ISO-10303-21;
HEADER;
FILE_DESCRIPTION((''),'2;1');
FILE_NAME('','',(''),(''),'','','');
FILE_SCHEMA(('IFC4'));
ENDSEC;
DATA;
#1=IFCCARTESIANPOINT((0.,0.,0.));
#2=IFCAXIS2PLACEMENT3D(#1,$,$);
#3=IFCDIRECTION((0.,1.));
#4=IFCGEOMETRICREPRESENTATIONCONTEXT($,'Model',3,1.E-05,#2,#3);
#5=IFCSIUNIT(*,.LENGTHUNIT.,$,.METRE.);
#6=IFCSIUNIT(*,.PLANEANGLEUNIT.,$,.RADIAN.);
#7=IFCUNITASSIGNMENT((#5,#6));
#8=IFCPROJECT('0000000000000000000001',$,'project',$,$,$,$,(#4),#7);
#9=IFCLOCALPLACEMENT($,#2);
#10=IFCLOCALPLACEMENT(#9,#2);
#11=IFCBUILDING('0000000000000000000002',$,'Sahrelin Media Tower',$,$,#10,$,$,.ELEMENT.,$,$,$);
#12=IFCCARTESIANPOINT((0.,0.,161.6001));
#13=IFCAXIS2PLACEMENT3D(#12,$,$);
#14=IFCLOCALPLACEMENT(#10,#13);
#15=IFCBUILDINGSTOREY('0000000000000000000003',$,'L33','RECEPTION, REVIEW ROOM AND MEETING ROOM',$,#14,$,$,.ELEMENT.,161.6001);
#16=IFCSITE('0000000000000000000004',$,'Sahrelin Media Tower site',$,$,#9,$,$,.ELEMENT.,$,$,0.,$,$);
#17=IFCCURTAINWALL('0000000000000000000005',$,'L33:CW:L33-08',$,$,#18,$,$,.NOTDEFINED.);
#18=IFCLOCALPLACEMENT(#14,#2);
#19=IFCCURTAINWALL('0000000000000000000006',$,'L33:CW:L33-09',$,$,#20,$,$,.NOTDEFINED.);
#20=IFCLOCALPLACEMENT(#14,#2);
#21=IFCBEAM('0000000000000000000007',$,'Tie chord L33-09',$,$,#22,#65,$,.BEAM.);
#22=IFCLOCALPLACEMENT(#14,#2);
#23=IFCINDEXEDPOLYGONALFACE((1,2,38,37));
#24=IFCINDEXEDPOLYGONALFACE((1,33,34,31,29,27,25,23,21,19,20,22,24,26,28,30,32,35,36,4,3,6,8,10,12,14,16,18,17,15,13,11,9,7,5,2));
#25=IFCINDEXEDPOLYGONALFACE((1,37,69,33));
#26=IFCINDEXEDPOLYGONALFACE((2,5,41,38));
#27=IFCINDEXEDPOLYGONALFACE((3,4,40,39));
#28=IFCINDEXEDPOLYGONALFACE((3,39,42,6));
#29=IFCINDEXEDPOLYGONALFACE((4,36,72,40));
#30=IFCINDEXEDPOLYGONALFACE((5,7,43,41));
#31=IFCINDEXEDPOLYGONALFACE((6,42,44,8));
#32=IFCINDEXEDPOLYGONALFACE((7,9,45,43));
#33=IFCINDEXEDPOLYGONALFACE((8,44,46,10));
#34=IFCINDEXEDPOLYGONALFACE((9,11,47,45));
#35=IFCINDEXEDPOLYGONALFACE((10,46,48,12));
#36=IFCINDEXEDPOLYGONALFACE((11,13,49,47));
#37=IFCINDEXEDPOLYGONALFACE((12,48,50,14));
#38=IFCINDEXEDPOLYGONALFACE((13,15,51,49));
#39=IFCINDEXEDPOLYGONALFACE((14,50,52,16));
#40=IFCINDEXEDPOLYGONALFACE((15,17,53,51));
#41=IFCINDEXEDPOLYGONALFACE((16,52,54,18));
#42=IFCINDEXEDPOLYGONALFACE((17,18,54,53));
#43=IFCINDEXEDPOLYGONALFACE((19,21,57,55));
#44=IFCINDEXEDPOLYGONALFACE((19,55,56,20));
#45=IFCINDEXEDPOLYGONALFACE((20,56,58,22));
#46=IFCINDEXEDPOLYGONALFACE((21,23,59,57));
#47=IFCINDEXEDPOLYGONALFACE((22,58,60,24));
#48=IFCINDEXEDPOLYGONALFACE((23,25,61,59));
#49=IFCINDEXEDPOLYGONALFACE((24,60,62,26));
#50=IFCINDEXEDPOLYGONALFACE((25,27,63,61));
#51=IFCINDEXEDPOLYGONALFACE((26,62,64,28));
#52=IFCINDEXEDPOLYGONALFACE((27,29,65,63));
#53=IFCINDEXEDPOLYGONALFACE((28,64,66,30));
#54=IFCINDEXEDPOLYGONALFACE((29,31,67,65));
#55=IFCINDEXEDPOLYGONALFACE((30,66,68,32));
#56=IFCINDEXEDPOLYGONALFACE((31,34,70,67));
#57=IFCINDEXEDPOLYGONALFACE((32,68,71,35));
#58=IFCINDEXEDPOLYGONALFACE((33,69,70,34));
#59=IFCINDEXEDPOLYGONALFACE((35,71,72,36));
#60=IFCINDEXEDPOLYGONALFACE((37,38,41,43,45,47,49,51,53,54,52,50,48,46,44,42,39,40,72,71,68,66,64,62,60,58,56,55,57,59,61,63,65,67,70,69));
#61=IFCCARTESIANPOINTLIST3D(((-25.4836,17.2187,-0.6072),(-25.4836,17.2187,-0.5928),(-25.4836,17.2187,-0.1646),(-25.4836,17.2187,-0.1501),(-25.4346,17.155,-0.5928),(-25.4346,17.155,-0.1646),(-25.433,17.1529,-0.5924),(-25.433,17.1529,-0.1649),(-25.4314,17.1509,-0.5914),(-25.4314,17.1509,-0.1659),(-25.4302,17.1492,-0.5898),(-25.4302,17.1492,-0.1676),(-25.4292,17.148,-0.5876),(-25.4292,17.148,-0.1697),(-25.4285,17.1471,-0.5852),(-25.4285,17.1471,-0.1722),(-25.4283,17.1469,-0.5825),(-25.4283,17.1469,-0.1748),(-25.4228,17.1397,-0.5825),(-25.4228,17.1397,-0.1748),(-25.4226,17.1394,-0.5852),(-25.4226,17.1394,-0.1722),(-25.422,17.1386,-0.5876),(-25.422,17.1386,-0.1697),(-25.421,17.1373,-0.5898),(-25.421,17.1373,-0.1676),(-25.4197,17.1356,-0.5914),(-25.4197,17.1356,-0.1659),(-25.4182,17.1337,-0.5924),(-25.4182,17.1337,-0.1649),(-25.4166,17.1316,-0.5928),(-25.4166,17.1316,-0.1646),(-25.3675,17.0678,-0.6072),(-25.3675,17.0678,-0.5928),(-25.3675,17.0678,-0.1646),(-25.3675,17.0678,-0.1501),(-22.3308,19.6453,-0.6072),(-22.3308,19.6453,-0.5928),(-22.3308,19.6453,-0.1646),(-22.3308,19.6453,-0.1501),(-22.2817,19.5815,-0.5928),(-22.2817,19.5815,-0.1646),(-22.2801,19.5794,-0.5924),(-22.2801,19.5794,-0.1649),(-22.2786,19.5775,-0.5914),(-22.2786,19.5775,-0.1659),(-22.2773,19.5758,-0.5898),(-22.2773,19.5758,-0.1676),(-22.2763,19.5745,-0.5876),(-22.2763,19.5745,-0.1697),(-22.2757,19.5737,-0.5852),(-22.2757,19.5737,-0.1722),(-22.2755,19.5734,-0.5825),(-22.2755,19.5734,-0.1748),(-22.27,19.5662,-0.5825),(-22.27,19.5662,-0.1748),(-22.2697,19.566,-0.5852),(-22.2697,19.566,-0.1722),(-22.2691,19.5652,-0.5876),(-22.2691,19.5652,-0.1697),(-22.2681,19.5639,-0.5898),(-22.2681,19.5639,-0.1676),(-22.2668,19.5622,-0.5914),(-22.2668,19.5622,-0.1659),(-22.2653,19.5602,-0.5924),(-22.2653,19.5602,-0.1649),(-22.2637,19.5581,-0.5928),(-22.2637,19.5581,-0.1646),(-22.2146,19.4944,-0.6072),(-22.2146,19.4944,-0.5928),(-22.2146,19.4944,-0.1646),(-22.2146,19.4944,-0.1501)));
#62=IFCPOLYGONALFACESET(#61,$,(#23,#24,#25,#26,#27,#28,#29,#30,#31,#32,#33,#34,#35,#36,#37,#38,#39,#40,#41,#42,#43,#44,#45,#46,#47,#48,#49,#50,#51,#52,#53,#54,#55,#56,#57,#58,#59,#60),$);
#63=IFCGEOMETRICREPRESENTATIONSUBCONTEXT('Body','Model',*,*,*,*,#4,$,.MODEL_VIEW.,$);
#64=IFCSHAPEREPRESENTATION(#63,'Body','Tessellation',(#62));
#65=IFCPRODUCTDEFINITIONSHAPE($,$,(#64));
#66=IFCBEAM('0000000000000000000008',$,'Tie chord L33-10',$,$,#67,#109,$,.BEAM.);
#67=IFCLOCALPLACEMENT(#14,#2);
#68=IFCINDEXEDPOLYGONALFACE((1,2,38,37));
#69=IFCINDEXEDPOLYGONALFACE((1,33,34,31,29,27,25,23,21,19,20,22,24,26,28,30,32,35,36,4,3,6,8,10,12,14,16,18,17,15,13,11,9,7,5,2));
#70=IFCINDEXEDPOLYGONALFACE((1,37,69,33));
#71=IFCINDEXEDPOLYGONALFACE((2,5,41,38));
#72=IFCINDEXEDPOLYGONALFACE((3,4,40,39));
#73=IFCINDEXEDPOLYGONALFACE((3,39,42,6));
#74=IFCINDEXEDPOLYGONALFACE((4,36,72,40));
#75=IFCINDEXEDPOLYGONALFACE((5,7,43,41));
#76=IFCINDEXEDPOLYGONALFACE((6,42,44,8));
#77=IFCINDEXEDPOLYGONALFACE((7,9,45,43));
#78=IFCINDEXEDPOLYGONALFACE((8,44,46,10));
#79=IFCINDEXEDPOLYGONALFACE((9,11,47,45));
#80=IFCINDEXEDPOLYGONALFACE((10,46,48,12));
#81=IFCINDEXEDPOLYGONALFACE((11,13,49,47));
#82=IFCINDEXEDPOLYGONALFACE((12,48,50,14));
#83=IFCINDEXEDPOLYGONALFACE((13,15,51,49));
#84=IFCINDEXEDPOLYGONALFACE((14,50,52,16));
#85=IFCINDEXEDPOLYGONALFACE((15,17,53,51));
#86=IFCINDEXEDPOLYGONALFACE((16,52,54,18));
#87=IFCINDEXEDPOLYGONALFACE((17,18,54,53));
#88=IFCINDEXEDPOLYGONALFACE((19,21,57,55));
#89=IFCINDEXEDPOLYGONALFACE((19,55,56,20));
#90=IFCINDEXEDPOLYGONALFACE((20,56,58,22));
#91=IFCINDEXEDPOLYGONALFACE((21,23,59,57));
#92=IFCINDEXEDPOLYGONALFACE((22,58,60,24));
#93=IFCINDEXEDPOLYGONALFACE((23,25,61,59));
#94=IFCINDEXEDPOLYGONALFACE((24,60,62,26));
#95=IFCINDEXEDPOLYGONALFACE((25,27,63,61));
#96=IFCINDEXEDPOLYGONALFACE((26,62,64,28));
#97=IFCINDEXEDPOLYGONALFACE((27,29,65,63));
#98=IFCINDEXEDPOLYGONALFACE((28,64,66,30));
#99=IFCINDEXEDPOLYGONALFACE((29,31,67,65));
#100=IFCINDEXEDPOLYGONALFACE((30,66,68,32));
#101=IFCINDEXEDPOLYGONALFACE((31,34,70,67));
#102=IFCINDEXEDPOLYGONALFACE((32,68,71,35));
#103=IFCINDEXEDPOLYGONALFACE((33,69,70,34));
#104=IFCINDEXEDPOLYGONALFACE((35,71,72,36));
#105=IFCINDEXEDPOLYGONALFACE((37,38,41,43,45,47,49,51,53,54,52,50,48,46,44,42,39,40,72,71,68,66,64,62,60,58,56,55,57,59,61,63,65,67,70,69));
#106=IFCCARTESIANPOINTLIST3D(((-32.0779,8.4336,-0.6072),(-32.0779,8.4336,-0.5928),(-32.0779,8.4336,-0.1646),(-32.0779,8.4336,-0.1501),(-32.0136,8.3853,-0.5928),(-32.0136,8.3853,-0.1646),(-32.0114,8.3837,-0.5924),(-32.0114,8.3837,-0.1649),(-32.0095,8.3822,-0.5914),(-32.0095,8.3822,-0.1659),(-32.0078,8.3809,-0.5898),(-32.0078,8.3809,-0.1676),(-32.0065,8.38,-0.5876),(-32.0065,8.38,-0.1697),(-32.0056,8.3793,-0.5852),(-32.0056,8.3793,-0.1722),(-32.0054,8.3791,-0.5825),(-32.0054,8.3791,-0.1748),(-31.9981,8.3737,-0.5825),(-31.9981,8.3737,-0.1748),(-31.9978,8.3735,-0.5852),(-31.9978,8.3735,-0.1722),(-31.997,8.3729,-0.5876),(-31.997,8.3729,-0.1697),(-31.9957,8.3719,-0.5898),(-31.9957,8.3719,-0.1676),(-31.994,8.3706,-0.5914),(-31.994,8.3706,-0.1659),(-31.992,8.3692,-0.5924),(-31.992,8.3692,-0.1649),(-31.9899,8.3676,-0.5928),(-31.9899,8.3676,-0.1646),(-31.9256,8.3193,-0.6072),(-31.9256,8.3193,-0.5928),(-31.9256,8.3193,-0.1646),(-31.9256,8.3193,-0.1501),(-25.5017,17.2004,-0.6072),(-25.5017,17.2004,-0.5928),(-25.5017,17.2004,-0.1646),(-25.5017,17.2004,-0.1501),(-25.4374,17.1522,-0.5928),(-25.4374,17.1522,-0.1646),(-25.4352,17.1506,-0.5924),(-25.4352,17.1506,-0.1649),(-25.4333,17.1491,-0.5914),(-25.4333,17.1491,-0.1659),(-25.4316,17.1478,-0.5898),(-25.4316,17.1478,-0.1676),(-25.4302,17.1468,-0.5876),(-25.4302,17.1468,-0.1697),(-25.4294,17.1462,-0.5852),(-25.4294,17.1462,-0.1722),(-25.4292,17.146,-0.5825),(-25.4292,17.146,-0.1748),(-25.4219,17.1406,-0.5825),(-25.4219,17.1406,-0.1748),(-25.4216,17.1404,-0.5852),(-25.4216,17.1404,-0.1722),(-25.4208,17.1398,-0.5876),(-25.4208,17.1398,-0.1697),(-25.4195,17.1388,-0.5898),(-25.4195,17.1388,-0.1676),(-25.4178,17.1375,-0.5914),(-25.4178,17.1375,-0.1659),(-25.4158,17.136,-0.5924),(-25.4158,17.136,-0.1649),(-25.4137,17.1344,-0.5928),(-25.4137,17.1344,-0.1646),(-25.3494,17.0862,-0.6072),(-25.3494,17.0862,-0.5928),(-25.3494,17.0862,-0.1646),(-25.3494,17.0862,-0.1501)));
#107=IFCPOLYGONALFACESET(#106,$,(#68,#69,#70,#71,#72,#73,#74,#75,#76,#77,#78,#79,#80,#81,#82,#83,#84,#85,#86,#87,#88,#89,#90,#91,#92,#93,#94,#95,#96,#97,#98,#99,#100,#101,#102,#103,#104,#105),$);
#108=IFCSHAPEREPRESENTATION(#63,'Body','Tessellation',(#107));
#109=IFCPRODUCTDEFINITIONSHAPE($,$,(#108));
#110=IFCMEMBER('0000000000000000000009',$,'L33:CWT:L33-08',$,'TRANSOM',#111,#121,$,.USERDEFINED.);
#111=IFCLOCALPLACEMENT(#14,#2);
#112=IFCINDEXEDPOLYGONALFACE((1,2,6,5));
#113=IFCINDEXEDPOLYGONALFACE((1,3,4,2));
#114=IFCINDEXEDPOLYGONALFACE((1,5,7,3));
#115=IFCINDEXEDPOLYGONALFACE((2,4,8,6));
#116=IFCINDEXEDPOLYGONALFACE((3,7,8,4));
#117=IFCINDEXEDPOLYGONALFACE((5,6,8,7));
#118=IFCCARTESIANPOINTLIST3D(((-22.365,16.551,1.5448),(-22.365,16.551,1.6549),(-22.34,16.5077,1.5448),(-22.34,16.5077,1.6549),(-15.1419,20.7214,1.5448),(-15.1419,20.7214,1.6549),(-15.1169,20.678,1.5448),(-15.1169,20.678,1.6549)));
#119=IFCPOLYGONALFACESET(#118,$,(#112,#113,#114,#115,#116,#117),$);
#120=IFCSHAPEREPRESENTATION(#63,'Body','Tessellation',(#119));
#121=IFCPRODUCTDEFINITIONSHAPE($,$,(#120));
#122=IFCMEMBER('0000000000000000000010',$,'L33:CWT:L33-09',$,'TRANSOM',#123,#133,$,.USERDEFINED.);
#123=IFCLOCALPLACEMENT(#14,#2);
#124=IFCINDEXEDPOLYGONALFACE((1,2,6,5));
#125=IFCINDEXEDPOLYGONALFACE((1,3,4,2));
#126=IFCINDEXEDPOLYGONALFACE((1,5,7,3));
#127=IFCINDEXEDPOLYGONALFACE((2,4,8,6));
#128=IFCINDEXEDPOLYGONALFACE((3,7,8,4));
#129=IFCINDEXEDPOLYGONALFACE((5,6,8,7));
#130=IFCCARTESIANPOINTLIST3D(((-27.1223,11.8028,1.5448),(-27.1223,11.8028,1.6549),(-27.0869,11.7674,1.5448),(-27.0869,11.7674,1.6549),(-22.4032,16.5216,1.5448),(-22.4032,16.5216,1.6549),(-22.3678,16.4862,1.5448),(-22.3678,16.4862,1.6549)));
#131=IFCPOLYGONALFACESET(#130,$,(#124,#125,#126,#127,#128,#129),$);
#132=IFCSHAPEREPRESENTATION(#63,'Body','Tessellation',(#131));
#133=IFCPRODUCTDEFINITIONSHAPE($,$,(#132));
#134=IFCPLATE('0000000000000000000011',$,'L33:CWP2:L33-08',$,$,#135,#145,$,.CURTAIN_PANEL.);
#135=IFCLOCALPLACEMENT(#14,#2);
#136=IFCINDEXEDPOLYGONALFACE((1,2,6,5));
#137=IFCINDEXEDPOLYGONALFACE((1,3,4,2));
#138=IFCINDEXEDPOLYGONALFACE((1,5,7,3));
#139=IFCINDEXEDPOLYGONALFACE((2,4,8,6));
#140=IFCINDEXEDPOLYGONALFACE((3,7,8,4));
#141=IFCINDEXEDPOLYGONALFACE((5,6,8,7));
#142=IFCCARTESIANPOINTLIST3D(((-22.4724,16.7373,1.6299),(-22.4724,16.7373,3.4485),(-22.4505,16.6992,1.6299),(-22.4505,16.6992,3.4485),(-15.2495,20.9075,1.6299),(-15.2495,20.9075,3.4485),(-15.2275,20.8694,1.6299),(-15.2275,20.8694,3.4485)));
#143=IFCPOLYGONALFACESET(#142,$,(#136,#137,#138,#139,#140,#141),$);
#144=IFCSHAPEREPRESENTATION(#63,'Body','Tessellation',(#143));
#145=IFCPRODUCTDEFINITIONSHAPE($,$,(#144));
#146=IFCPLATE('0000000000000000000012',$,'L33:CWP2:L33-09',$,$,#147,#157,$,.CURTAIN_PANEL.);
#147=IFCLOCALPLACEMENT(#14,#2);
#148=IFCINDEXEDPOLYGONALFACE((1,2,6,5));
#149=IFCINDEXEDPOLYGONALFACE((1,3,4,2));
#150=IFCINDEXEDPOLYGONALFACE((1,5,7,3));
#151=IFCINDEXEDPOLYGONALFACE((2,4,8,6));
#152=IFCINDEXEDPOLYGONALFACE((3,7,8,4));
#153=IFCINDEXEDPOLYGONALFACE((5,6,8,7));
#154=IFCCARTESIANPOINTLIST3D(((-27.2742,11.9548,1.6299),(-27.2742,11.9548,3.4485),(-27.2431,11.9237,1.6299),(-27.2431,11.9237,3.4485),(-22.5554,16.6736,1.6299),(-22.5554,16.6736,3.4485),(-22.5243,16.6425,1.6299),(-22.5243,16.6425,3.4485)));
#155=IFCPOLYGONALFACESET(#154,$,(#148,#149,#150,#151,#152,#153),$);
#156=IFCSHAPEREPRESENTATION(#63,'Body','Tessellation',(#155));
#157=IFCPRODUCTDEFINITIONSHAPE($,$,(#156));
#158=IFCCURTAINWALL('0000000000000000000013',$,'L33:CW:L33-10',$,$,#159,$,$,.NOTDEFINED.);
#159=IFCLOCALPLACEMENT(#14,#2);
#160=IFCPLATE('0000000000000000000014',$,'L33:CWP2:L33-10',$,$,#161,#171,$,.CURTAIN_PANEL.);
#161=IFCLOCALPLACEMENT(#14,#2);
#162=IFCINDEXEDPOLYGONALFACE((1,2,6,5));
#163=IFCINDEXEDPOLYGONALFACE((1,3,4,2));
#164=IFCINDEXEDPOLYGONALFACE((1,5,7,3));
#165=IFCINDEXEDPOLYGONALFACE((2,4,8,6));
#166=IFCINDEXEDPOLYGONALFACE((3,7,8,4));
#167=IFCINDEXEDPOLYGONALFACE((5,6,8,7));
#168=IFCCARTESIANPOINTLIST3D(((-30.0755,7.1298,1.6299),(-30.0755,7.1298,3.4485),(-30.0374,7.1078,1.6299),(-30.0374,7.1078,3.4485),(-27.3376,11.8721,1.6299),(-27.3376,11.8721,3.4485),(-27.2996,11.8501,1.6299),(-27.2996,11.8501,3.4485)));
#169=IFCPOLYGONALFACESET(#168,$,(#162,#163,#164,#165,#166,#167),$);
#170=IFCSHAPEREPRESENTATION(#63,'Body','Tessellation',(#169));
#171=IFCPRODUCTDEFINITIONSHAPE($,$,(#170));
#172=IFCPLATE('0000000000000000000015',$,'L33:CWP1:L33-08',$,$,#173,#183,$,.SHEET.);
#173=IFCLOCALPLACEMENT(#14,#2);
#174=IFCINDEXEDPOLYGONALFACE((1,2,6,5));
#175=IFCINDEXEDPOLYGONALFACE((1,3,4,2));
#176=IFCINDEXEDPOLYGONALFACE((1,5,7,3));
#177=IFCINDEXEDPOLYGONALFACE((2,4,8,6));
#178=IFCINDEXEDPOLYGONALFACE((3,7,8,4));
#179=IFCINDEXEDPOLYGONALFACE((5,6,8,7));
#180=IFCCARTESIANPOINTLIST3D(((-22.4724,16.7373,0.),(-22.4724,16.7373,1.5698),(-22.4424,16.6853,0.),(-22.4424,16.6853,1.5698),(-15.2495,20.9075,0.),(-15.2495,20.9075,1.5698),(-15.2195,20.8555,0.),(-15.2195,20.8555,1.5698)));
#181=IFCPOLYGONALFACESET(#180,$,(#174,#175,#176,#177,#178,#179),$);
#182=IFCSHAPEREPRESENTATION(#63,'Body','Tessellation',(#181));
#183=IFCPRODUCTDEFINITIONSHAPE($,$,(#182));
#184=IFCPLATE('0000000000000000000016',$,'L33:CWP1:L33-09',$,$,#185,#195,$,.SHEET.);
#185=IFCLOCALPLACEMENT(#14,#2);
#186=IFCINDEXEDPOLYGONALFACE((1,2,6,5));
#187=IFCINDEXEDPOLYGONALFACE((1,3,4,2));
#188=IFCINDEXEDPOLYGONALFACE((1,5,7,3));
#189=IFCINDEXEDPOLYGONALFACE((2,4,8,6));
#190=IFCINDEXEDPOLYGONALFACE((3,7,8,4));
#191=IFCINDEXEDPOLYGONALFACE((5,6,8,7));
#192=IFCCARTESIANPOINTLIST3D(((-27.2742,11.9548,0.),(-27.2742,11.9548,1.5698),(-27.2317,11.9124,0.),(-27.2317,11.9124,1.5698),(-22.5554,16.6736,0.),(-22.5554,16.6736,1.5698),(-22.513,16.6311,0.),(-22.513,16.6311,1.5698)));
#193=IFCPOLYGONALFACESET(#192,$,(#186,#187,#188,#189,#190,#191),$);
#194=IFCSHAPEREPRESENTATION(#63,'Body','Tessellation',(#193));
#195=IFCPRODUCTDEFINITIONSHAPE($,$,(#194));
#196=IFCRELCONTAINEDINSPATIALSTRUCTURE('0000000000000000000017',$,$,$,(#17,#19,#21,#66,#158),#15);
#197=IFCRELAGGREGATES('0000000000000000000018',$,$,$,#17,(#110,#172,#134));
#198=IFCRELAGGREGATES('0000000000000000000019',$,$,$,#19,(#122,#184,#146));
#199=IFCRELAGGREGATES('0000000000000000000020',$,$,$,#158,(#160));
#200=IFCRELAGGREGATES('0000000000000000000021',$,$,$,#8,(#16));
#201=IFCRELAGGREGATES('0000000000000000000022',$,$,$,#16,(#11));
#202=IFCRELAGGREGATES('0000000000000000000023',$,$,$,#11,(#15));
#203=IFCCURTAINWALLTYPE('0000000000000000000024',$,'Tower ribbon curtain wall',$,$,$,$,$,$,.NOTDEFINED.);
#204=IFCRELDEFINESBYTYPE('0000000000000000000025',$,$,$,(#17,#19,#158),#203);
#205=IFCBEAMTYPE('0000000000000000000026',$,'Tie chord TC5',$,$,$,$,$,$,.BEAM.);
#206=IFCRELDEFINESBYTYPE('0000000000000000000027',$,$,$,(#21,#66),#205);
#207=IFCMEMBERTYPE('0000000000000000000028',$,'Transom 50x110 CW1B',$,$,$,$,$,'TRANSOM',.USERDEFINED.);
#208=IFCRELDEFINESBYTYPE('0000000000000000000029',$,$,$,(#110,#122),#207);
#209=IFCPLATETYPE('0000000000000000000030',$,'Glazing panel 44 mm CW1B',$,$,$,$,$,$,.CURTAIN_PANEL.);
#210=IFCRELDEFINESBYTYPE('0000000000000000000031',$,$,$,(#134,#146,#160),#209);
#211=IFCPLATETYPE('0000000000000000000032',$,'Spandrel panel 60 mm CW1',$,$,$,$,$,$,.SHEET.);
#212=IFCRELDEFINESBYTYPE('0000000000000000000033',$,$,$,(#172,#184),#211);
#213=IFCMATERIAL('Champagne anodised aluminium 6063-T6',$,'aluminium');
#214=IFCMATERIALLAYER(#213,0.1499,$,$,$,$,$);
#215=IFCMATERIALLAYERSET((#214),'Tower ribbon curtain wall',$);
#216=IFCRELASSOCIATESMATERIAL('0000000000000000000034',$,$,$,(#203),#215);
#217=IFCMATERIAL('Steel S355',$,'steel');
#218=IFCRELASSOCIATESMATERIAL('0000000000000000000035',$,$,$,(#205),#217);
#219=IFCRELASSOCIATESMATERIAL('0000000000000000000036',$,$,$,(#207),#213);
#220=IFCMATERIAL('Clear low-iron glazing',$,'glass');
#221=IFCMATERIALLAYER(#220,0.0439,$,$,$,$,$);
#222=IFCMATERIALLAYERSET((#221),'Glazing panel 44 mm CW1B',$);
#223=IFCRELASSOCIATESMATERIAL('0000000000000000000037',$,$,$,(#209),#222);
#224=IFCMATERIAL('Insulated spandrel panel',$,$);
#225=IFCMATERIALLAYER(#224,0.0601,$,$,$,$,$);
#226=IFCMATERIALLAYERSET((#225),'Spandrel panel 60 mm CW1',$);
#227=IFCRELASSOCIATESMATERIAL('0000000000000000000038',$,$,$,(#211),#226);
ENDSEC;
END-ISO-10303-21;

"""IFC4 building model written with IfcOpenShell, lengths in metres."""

from ifc_helpers import new_model, si_unit, direction, frame, origin, origin_2d, place, context, subcontext, project, spatial, polyline, rectangle, i_section, outline, extrude, material, layer, layer_set, material_profile, profile_set, type_object, element, aggregate, save


model = new_model("IFC4")

# Units and contexts
model_context = context("Model", 3, precision=1e-05, world=origin(), true_north=direction((0.0, 1.0)))
body_context = subcontext(model_context, "Body", "Model", "MODEL_VIEW")
ifc_project = project(units=[si_unit("LENGTHUNIT", "METRE"), si_unit("PLANEANGLEUNIT", "RADIAN")], contexts=[model_context])

# Site, building, storey
site_placement = place(None, origin())
site = spatial("IfcSite", under=ifc_project, at=site_placement, Name="Sahrelin Media Tower site", CompositionType="ELEMENT", RefElevation=0.0)
building_placement = place(site_placement, origin())
building = spatial("IfcBuilding", under=site, at=building_placement, Name="Sahrelin Media Tower", CompositionType="ELEMENT")
storey_placement = place(building_placement, frame((0.0, 0.0, 161.6001)))
storey = spatial("IfcBuildingStorey", under=building, at=storey_placement, Name="L33", Description="RECEPTION, REVIEW ROOM AND MEETING ROOM", CompositionType="ELEMENT", Elevation=161.6001)

# Shared definitions
ifc_material_1 = material(Name="Steel S355", Category="steel")

# Curtain walls
ifc_material_2 = material(Name="Champagne anodised aluminium 6063-T6", Category="aluminium")
ifc_layer_1 = layer(ifc_material_2, 0.1499)
ifc_layer_set_1 = layer_set([ifc_layer_1], Name="Tower ribbon curtain wall")
curtain_wall_type = type_object("IfcCurtainWallType", Name="Tower ribbon curtain wall", PredefinedType="NOTDEFINED", material=ifc_layer_set_1)
curtain_wall_1_placement = place(storey_placement, frame((-18.8511, 18.8049, 0.0), z_axis=(0.0, 0.0, 1.0), x_axis=(1.0, 0.0, 0.0)))
curtain_wall_1 = element("IfcCurtainWall", 1, at=curtain_wall_1_placement, inside=storey, type_object=curtain_wall_type, Name="L33:CW:L33-08", PredefinedType="NOTDEFINED")
curtain_wall_2_placement = place(storey_placement, frame((-24.9004, 14.3, 0.0), z_axis=(0.0, 0.0, 1.0), x_axis=(1.0, 0.0, 0.0)))
curtain_wall_2 = element("IfcCurtainWall", 2, at=curtain_wall_2_placement, inside=storey, type_object=curtain_wall_type, Name="L33:CW:L33-09", PredefinedType="NOTDEFINED")

# Beams
ifc_material_profile_1 = material_profile(ifc_material_1, i_section(OverallWidth=0.1904, OverallDepth=0.457, WebThickness=0.009, FlangeThickness=0.0144, FilletRadius=0.0103, at=origin_2d()), Name="UB 457x191x74")
ifc_profile_set_1 = profile_set([ifc_material_profile_1], Name="Steel S355")
beam_type_1 = type_object("IfcBeamType", Name="Tie chord TC5", PredefinedType="BEAM", material=ifc_profile_set_1)
beam_1_placement = place(storey_placement, frame((-22.2727, 19.5698, -0.3787), z_axis=(-0.792471, -0.609909, 0.0), x_axis=(0.609909, -0.792471, 0.0)))
element("IfcBeam", 3, at=beam_1_placement, inside=storey, type_object=beam_type_1, Name="Tie chord L33-09", PredefinedType="BEAM", context=body_context, shape_type="SweptSolid", body=[
    extrude(i_section(OverallWidth=0.1904, OverallDepth=0.457, WebThickness=0.009, FlangeThickness=0.0144, FilletRadius=0.0103, at=origin_2d()), origin(), (0.0, 0.0, 1.0), 3.9785),
])
beam_2_placement = place(storey_placement, frame((-25.4255, 17.1433, -0.3787), z_axis=(-0.600061, -0.799955, 0.0), x_axis=(0.799955, -0.600061, 0.0)))
element("IfcBeam", 4, at=beam_2_placement, inside=storey, type_object=beam_type_1, Name="Tie chord L33-10", PredefinedType="BEAM", context=body_context, shape_type="SweptSolid", body=[
    extrude(i_section(OverallWidth=0.1904, OverallDepth=0.457, WebThickness=0.009, FlangeThickness=0.0144, FilletRadius=0.0103, at=origin_2d()), origin(), (0.0, 0.0, 1.0), 10.9592),
])

# Members
ifc_material_profile_2 = material_profile(ifc_material_2, rectangle(XDim=0.05, YDim=0.1101, at=origin_2d()), Name="Transom 50x110")
ifc_profile_set_2 = profile_set([ifc_material_profile_2], Name="Champagne anodised aluminium 6063-T6")
member_type_1 = type_object("IfcMemberType", Name="Transom 50x110 CW1B", ElementType="TRANSOM", PredefinedType="USERDEFINED", material=ifc_profile_set_2)
member_1_placement = place(storey_placement, frame((-15.1294, 20.6997, 1.5999), z_axis=(-0.866019, -0.500011, 0.0), x_axis=(0.500011, -0.866019, 0.0)))
member_1 = element("IfcMember", 5, at=member_1_placement, type_object=member_type_1, Name="L33:CWT:L33-08", ObjectType="TRANSOM", PredefinedType="USERDEFINED", context=body_context, shape_type="SweptSolid", body=[
    extrude(rectangle(XDim=0.05, YDim=0.1101, at=origin_2d()), origin(), (0.0, 0.0, 1.0), 8.3406),
])
member_2_placement = place(storey_placement, frame((-22.3855, 16.5039, 1.5999), z_axis=(-0.707125, -0.707088, 0.0), x_axis=(0.707088, -0.707125, 0.0)))
member_2 = element("IfcMember", 6, at=member_2_placement, type_object=member_type_1, Name="L33:CWT:L33-09", ObjectType="TRANSOM", PredefinedType="USERDEFINED", context=body_context, shape_type="SweptSolid", body=[
    extrude(rectangle(XDim=0.05, YDim=0.1101, at=origin_2d()), origin(), (0.0, 0.0, 1.0), 6.6736),
])

# Plates
ifc_material_3 = material(Name="Clear low-iron glazing", Category="glass")
ifc_layer_2 = layer(ifc_material_3, 0.0439)
ifc_layer_set_2 = layer_set([ifc_layer_2], Name="Glazing panel 44 mm CW1B")
plate_type_1 = type_object("IfcPlateType", Name="Glazing panel 44 mm CW1B", PredefinedType="CURTAIN_PANEL", material=ifc_layer_set_2)
plate_1_placement = place(storey_placement, frame((-15.2495, 20.9075, 1.6299), z_axis=(-0.500002, 0.866024, 0.0), x_axis=(-0.866024, -0.500002, 0.0)))
plate_1 = element("IfcPlate", 7, at=plate_1_placement, type_object=plate_type_1, Name="L33:CWP2:L33-08", PredefinedType="CURTAIN_PANEL", context=body_context, shape_type="SweptSolid", body=[
    extrude(outline(polyline([(0.0, 0.0), (8.3403, 0.0), (8.3403, 1.8186), (0.0, 1.8186), (0.0, 0.0)])), origin(), (0.0, 0.0, -1.0), 0.0439),
])
plate_2_placement = place(storey_placement, frame((-22.5554, 16.6736, 1.6299), z_axis=(-0.707107, 0.707107, 0.0), x_axis=(-0.707107, -0.707107, 0.0)))
plate_2 = element("IfcPlate", 8, at=plate_2_placement, type_object=plate_type_1, Name="L33:CWP2:L33-09", PredefinedType="CURTAIN_PANEL", context=body_context, shape_type="SweptSolid", body=[
    extrude(outline(polyline([(0.0, 0.0), (6.6733, 0.0), (6.6733, 1.8186), (0.0, 1.8186), (0.0, 0.0)])), origin(), (0.0, 0.0, -1.0), 0.0439),
])

# Curtain wall, plate
curtain_wall_3_placement = place(storey_placement, frame((-28.6892, 9.491, 0.0), z_axis=(0.0, 0.0, 1.0), x_axis=(1.0, 0.0, 0.0)))
curtain_wall_3 = element("IfcCurtainWall", 9, at=curtain_wall_3_placement, inside=storey, type_object=curtain_wall_type, Name="L33:CW:L33-10", PredefinedType="NOTDEFINED")
plate_3_placement = place(storey_placement, frame((-27.3376, 11.8721, 1.6299), z_axis=(-0.866034, 0.499985, 0.0), x_axis=(-0.499985, -0.866034, 0.0)))
plate_3 = element("IfcPlate", 10, at=plate_3_placement, type_object=plate_type_1, Name="L33:CWP2:L33-10", PredefinedType="CURTAIN_PANEL", context=body_context, shape_type="SweptSolid", body=[
    extrude(outline(polyline([(0.0, 0.0), (5.4758, 0.0), (5.4758, 1.8186), (0.0, 1.8186), (0.0, 0.0)])), origin(), (0.0, 0.0, -1.0), 0.0439),
])

# Plates
ifc_material_4 = material(Name="Insulated spandrel panel")
ifc_layer_3 = layer(ifc_material_4, 0.0601)
ifc_layer_set_3 = layer_set([ifc_layer_3], Name="Spandrel panel 60 mm CW1")
plate_type_2 = type_object("IfcPlateType", Name="Spandrel panel 60 mm CW1", PredefinedType="SHEET", material=ifc_layer_set_3)
plate_4_placement = place(storey_placement, frame((-15.2495, 20.9075, 0.0), z_axis=(-0.500002, 0.866024, 0.0), x_axis=(-0.866024, -0.500002, 0.0)))
plate_4 = element("IfcPlate", 11, at=plate_4_placement, type_object=plate_type_2, Name="L33:CWP1:L33-08", PredefinedType="SHEET", context=body_context, shape_type="SweptSolid", body=[
    extrude(outline(polyline([(0.0, 0.0), (8.3403, 0.0), (8.3403, 1.5698), (0.0, 1.5698), (0.0, 0.0)])), origin(), (0.0, 0.0, -1.0), 0.0601),
])
aggregate(curtain_wall_1, [member_1, plate_4, plate_1])
plate_5_placement = place(storey_placement, frame((-22.5554, 16.6736, 0.0), z_axis=(-0.707107, 0.707107, 0.0), x_axis=(-0.707107, -0.707107, 0.0)))
plate_5 = element("IfcPlate", 12, at=plate_5_placement, type_object=plate_type_2, Name="L33:CWP1:L33-09", PredefinedType="SHEET", context=body_context, shape_type="SweptSolid", body=[
    extrude(outline(polyline([(0.0, 0.0), (6.6733, 0.0), (6.6733, 1.5698), (0.0, 1.5698), (0.0, 0.0)])), origin(), (0.0, 0.0, -1.0), 0.0601),
])
aggregate(curtain_wall_2, [member_2, plate_5, plate_2])
aggregate(curtain_wall_3, [plate_3])

save(model, "model.ifc")
